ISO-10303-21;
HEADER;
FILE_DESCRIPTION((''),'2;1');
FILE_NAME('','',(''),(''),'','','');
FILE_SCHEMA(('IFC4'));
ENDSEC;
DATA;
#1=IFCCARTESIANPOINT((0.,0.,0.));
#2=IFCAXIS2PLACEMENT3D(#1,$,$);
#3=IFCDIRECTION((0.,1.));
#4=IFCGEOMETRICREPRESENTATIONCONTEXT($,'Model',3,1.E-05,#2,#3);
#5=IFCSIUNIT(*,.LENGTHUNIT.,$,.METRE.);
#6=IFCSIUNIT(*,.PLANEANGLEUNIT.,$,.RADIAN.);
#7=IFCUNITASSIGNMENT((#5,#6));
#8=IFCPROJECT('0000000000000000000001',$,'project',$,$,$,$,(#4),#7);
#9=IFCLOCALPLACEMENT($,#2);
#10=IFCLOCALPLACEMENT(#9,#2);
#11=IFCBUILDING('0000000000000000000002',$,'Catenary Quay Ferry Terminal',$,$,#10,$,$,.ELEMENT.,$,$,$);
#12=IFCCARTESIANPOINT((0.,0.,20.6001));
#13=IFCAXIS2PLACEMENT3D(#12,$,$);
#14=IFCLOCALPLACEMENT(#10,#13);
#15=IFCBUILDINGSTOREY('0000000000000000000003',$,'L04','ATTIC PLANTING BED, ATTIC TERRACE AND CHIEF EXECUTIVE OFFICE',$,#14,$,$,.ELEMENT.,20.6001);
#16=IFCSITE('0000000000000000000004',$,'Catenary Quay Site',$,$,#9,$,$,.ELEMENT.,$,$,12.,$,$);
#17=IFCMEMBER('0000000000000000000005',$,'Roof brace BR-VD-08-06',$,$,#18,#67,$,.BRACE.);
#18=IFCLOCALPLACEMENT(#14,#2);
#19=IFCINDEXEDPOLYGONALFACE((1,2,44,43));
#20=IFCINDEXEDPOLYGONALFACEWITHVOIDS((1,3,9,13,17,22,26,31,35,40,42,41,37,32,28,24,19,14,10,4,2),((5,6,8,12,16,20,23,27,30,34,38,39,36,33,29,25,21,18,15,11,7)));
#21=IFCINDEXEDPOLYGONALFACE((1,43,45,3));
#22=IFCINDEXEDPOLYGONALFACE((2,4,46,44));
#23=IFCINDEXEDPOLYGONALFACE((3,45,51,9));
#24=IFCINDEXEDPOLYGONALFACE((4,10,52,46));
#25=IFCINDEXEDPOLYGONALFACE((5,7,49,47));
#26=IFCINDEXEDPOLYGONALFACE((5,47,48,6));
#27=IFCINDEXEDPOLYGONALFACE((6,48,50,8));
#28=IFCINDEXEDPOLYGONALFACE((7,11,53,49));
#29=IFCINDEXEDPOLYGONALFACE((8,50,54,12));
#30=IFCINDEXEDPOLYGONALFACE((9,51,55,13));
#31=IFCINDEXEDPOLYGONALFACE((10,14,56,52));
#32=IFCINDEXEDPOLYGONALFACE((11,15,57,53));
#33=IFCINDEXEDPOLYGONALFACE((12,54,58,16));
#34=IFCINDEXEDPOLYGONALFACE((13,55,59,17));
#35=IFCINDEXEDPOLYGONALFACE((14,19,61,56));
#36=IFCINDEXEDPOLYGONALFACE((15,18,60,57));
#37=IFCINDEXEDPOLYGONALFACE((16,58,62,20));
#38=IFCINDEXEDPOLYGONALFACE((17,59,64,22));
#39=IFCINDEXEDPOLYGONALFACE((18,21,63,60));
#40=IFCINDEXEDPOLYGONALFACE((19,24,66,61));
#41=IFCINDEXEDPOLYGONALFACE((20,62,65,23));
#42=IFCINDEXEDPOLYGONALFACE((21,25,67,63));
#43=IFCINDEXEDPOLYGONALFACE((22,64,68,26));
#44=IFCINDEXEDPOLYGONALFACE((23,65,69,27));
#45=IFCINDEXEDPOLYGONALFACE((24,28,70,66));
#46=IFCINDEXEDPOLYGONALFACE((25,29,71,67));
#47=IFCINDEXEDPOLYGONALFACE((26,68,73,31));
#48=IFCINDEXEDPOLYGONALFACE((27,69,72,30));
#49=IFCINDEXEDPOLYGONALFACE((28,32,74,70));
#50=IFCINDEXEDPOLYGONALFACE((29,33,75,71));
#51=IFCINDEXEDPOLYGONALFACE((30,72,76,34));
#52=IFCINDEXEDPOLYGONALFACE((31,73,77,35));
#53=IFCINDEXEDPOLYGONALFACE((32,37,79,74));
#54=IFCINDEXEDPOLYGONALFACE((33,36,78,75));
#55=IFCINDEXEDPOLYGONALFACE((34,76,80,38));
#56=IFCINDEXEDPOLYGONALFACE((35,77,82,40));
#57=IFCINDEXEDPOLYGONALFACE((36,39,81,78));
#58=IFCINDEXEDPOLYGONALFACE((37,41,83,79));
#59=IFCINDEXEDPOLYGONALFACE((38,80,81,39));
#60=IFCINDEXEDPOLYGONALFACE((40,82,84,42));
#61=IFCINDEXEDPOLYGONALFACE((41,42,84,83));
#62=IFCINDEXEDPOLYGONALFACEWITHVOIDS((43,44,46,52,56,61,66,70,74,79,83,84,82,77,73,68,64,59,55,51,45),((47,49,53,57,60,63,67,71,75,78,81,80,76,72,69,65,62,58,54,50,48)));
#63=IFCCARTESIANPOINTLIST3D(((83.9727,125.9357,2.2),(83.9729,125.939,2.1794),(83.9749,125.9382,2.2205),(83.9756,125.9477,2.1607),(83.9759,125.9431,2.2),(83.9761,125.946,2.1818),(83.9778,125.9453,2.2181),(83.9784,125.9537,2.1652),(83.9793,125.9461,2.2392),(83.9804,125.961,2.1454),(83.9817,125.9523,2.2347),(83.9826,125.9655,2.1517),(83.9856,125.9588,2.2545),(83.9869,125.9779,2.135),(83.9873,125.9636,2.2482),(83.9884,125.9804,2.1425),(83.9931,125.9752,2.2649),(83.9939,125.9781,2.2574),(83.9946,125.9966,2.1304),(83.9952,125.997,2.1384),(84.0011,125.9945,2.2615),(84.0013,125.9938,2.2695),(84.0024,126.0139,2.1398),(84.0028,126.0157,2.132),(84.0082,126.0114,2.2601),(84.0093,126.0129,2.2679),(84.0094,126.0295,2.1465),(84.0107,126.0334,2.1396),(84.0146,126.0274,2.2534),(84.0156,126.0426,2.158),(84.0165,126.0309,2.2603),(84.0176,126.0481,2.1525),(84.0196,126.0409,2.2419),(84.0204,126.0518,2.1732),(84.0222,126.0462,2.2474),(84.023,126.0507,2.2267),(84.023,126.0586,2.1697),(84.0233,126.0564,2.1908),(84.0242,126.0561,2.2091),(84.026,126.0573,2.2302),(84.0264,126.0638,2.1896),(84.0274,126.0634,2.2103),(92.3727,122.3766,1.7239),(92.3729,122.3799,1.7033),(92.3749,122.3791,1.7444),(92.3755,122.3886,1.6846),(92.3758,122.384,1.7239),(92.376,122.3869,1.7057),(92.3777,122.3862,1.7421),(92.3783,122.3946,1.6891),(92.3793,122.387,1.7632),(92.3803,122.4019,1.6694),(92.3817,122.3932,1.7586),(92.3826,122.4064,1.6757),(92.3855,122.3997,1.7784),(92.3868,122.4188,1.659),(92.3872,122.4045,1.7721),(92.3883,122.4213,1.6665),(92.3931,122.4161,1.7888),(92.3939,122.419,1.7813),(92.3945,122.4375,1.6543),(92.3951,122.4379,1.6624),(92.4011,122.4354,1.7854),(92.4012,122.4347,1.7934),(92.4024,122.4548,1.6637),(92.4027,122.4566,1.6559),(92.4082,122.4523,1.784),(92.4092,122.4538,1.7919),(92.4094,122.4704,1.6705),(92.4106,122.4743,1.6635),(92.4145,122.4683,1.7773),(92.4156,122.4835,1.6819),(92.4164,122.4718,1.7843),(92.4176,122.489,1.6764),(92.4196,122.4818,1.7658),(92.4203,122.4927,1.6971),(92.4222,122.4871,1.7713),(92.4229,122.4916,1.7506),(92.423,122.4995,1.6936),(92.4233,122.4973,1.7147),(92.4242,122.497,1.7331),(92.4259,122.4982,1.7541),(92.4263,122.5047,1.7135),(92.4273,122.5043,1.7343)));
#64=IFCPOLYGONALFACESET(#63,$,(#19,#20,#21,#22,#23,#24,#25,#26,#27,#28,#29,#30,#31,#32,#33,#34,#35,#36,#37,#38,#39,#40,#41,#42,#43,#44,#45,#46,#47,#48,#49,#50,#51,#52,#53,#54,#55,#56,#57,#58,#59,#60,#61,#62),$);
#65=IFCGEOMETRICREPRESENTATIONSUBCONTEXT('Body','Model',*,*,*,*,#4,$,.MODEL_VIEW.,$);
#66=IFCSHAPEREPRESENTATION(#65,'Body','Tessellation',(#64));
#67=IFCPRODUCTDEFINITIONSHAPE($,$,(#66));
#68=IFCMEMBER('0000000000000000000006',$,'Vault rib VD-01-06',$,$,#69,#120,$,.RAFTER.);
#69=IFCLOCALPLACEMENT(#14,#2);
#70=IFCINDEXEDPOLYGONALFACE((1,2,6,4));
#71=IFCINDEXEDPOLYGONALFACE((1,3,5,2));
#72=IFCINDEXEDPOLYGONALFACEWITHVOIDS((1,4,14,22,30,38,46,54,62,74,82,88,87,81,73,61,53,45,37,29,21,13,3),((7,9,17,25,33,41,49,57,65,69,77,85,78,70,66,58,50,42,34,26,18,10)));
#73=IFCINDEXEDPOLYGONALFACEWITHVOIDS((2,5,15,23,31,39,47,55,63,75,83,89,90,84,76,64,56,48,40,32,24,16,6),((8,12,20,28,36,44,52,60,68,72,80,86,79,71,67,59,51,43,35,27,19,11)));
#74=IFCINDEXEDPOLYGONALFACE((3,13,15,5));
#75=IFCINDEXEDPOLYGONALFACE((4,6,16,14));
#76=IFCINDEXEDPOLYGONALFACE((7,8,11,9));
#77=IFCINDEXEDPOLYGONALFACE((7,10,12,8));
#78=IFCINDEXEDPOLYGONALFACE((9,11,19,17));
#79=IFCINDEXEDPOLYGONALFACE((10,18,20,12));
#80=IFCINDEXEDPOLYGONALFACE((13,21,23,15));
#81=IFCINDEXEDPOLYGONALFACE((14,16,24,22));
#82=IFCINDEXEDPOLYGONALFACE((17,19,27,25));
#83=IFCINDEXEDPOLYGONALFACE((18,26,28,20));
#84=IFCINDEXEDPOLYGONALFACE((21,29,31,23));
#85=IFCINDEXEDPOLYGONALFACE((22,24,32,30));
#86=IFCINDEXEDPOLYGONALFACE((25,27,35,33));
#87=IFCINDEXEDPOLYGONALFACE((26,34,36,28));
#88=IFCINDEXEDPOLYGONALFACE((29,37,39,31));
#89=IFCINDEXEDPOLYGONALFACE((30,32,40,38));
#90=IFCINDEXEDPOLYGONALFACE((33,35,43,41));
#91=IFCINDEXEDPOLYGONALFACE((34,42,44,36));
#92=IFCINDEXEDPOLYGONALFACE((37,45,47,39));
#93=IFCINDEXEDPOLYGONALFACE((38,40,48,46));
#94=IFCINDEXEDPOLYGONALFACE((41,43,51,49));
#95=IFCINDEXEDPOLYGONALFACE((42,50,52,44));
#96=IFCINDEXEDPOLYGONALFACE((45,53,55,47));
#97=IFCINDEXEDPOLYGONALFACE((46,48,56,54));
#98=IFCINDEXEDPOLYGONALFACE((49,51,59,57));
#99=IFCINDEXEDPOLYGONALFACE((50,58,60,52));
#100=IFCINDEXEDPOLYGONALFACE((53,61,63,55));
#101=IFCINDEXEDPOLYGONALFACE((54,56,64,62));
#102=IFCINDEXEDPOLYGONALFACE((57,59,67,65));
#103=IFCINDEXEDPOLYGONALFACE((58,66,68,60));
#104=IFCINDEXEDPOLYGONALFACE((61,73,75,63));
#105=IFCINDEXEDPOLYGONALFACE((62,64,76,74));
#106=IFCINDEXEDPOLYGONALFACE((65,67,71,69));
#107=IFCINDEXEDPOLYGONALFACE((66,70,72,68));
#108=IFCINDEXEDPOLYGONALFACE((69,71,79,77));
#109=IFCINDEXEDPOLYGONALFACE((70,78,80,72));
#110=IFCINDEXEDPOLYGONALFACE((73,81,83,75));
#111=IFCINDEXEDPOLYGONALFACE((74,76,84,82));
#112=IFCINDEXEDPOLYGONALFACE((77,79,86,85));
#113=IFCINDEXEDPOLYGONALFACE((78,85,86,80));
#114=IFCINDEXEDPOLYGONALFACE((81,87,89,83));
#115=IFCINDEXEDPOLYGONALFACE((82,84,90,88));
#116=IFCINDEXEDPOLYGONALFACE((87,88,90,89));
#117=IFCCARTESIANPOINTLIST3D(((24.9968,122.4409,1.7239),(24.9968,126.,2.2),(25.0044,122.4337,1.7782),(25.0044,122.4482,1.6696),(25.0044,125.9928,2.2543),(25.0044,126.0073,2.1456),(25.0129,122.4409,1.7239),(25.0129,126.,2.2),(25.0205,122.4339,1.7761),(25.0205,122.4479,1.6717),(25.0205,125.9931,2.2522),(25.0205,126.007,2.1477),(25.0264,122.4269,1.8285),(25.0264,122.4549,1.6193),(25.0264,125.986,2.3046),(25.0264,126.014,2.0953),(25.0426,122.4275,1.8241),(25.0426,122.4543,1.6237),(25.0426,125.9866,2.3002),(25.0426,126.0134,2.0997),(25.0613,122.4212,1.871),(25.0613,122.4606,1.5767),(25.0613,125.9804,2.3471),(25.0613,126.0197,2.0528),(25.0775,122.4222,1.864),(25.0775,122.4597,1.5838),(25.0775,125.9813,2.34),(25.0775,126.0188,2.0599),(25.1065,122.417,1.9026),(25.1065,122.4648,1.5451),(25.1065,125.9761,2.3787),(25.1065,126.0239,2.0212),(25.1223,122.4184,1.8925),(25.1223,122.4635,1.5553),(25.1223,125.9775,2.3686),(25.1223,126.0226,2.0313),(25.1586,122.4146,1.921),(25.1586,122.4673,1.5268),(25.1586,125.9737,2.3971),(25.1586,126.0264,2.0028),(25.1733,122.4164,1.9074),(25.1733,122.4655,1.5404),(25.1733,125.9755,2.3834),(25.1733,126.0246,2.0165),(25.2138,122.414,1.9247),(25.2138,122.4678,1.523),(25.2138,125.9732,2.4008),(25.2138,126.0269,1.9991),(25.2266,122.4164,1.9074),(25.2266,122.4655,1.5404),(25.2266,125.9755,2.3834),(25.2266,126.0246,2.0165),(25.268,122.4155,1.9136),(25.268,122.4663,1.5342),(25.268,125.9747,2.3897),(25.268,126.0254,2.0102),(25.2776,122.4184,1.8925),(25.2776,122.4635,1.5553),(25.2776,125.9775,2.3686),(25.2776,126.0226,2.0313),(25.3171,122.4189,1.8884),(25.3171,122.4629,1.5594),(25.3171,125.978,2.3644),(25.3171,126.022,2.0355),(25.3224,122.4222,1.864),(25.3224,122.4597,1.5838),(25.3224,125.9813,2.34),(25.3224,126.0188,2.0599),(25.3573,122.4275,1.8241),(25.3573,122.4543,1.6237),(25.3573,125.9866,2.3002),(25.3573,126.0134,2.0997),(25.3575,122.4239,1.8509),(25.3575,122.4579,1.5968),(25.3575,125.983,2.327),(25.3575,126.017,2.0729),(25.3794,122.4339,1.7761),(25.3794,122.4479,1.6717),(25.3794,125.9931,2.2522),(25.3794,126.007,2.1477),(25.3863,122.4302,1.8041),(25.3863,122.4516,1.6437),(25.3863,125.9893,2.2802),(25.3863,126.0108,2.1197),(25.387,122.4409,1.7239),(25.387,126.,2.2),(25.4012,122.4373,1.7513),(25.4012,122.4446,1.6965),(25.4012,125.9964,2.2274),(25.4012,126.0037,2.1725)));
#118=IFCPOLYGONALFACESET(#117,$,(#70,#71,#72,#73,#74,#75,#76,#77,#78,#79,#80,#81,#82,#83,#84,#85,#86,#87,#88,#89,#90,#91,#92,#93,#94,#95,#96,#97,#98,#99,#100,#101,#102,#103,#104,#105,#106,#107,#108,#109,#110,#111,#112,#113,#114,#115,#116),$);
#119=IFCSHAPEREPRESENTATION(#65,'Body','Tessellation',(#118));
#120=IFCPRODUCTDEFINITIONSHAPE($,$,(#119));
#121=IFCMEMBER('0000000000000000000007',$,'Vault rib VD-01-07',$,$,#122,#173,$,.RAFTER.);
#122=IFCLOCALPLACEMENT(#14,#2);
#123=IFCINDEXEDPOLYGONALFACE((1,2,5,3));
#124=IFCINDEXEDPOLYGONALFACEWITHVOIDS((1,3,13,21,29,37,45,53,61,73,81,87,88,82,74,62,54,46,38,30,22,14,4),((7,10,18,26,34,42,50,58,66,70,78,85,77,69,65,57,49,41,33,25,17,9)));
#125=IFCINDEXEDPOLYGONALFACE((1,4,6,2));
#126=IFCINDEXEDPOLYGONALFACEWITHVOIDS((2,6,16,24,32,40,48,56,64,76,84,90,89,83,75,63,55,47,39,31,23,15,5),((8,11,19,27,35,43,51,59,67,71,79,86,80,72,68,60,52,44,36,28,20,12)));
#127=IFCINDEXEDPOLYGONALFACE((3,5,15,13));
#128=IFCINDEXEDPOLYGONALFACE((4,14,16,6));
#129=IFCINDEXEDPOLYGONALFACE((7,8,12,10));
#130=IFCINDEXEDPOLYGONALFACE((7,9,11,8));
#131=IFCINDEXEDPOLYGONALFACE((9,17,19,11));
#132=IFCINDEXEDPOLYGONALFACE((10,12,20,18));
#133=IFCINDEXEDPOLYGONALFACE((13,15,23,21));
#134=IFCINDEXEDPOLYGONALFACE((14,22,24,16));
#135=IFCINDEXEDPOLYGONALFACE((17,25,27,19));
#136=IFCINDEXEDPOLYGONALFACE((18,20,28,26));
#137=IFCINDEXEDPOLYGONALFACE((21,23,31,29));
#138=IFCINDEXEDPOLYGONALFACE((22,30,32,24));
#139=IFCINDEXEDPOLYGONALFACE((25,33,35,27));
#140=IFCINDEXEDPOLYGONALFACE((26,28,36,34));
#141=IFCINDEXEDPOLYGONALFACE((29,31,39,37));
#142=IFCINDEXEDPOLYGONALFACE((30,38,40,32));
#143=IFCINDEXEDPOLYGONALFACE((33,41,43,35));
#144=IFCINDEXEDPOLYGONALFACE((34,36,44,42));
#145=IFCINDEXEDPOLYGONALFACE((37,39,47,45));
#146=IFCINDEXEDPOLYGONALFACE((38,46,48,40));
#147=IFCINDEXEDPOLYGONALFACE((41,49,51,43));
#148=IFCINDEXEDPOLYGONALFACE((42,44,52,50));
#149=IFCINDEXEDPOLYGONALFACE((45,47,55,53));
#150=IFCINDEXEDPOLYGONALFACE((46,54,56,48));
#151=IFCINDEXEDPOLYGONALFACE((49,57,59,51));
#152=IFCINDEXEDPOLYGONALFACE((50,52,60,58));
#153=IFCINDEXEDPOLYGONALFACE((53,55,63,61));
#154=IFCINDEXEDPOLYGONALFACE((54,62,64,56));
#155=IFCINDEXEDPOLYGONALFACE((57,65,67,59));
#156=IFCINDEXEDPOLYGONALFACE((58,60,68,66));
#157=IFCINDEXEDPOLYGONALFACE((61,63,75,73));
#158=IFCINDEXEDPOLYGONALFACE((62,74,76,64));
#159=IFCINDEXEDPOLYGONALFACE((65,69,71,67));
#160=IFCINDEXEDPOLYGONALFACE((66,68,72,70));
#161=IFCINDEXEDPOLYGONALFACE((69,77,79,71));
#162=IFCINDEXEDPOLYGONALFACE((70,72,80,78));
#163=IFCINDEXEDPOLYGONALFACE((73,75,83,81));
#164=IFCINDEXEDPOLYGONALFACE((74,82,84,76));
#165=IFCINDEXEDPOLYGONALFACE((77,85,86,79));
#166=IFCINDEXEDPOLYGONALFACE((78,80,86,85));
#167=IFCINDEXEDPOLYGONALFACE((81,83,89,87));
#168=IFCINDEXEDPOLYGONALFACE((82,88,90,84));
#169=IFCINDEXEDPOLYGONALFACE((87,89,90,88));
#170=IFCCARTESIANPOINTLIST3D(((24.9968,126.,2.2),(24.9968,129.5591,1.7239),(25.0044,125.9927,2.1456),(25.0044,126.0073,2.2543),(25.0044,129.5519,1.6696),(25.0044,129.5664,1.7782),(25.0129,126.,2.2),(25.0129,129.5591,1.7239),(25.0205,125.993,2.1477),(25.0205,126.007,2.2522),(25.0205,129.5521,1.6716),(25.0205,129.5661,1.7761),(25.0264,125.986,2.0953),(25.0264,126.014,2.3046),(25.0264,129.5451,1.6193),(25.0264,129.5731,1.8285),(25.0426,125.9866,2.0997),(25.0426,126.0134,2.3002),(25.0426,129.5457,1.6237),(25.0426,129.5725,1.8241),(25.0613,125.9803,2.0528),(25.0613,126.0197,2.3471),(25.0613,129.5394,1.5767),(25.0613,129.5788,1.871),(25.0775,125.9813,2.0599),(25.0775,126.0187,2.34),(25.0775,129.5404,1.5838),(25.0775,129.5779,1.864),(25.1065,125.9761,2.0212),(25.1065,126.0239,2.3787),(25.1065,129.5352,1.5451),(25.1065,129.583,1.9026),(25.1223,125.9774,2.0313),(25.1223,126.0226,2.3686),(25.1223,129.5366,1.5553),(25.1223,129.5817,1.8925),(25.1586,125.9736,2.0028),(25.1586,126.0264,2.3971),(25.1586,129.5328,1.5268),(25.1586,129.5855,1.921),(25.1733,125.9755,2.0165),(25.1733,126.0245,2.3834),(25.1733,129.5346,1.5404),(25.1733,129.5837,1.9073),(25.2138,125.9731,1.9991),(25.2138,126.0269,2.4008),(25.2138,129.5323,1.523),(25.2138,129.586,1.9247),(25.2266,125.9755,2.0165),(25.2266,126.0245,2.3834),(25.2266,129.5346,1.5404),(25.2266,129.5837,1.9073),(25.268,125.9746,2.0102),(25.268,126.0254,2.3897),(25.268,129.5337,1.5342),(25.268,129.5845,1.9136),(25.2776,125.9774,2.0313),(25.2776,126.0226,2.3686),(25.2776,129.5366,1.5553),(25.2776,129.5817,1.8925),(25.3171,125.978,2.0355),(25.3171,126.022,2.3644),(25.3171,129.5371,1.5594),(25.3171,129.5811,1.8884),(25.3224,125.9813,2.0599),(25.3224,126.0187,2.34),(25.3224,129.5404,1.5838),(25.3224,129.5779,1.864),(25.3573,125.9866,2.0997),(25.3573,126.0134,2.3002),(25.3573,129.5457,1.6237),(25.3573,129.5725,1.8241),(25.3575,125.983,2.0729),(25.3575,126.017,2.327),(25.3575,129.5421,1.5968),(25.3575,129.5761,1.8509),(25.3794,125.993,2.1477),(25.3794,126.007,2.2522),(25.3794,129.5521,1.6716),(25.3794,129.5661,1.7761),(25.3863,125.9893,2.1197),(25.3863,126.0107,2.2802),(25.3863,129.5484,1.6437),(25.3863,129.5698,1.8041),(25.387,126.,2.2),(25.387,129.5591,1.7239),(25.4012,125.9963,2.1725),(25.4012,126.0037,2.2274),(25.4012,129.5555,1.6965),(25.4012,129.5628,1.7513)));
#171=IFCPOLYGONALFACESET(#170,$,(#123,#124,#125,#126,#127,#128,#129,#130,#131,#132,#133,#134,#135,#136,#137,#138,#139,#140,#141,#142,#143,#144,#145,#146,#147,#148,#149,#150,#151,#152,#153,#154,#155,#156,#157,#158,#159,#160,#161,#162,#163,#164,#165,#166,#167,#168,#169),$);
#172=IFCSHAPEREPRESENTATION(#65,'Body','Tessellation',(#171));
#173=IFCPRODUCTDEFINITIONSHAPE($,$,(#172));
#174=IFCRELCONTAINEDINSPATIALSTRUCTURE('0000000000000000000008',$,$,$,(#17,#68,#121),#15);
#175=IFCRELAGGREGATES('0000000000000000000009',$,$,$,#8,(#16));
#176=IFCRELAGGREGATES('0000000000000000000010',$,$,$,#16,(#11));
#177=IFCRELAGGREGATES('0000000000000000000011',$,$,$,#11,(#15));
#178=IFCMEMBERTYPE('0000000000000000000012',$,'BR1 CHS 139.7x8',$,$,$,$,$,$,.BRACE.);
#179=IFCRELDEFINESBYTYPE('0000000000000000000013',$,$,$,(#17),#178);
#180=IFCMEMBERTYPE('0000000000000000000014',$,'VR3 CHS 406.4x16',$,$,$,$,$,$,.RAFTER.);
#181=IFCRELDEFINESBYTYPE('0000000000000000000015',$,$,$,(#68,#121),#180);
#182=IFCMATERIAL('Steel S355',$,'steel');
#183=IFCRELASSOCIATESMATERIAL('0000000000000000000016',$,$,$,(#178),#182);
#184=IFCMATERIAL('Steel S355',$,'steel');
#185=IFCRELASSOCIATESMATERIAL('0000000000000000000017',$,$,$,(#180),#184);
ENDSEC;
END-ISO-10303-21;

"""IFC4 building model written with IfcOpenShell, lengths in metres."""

from ifc_helpers import new_model, si_unit, direction, frame, origin, origin_2d, place, context, subcontext, project, spatial, hollow_circle, extrude, material, material_profile, profile_set, type_object, element, save


model = new_model("IFC4")

# Units and contexts
model_context = context("Model", 3, precision=1e-05, world=origin(), true_north=direction((0.0, 1.0)))
body_context = subcontext(model_context, "Body", "Model", "MODEL_VIEW")
ifc_project = project(units=[si_unit("LENGTHUNIT", "METRE"), si_unit("PLANEANGLEUNIT", "RADIAN")], contexts=[model_context])

# Site, building, storey
site_placement = place(None, origin())
site = spatial("IfcSite", under=ifc_project, at=site_placement, Name="Catenary Quay Site", CompositionType="ELEMENT", RefElevation=12.0)
building_placement = place(site_placement, origin())
building = spatial("IfcBuilding", under=site, at=building_placement, Name="Catenary Quay Ferry Terminal", CompositionType="ELEMENT")
storey_placement = place(building_placement, frame((0.0, 0.0, 20.6001)))
storey = spatial("IfcBuildingStorey", under=building, at=storey_placement, Name="L04", Description="ATTIC PLANTING BED, ATTIC TERRACE AND CHIEF EXECUTIVE OFFICE", CompositionType="ELEMENT", Elevation=20.6001)

# Members
ifc_material_1 = material(Name="Steel S355", Category="steel")
ifc_material_profile_1 = material_profile(ifc_material_1, hollow_circle(Radius=0.0698, WallThickness=0.0081, at=origin_2d()), Name="CHS 139.7x8")
ifc_profile_set_1 = profile_set([ifc_material_profile_1], Name="Steel S355")
member_type_1 = type_object("IfcMemberType", Name="BR1 CHS 139.7x8", PredefinedType="BRACE", material=ifc_profile_set_1)
member_1_placement = place(storey_placement, frame((92.3999, 122.4409, 1.7239), z_axis=(-0.919508, 0.3896, 0.052114), x_axis=(-0.390131, -0.92076, 0.0)))
element("IfcMember", 1, at=member_1_placement, inside=storey, type_object=member_type_1, Name="Roof brace BR-VD-08-06", PredefinedType="BRACE", context=body_context, shape_type="SweptSolid", body=[
    extrude(hollow_circle(Radius=0.0698, WallThickness=0.0081, at=origin_2d()), origin(), (0.0, 0.0, 1.0), 9.1353),
])
ifc_material_2 = material(Name="Steel S355", Category="steel")
ifc_material_profile_2 = material_profile(ifc_material_2, hollow_circle(Radius=0.2031, WallThickness=0.0161, at=origin_2d()), Name="CHS 406.4x16")
ifc_profile_set_2 = profile_set([ifc_material_profile_2], Name="Steel S355")
member_type_2 = type_object("IfcMemberType", Name="VR3 CHS 406.4x16", PredefinedType="RAFTER", material=ifc_profile_set_2)
for number, where, z_axis, x_axis, name in (
    (2, (25.2, 122.4409, 1.7239), (0.0, 0.991172, 0.132582), (-1.0, 0.0, 0.0), "Vault rib VD-01-06"),
    (3, (25.2, 126.0, 2.2), (0.0, 0.991172, -0.132582), (-1.0, 0.0, 0.0), "Vault rib VD-01-07"),
):
    element("IfcMember", number, at=place(storey_placement, frame(where, z_axis=z_axis, x_axis=x_axis)), inside=storey, type_object=member_type_2, Name=name, PredefinedType="RAFTER", context=body_context, shape_type="SweptSolid", body=[
        extrude(hollow_circle(Radius=0.2031, WallThickness=0.0161, at=origin_2d()), origin(), (0.0, 0.0, 1.0), 3.5908),
    ])

save(model, "model.ifc")
